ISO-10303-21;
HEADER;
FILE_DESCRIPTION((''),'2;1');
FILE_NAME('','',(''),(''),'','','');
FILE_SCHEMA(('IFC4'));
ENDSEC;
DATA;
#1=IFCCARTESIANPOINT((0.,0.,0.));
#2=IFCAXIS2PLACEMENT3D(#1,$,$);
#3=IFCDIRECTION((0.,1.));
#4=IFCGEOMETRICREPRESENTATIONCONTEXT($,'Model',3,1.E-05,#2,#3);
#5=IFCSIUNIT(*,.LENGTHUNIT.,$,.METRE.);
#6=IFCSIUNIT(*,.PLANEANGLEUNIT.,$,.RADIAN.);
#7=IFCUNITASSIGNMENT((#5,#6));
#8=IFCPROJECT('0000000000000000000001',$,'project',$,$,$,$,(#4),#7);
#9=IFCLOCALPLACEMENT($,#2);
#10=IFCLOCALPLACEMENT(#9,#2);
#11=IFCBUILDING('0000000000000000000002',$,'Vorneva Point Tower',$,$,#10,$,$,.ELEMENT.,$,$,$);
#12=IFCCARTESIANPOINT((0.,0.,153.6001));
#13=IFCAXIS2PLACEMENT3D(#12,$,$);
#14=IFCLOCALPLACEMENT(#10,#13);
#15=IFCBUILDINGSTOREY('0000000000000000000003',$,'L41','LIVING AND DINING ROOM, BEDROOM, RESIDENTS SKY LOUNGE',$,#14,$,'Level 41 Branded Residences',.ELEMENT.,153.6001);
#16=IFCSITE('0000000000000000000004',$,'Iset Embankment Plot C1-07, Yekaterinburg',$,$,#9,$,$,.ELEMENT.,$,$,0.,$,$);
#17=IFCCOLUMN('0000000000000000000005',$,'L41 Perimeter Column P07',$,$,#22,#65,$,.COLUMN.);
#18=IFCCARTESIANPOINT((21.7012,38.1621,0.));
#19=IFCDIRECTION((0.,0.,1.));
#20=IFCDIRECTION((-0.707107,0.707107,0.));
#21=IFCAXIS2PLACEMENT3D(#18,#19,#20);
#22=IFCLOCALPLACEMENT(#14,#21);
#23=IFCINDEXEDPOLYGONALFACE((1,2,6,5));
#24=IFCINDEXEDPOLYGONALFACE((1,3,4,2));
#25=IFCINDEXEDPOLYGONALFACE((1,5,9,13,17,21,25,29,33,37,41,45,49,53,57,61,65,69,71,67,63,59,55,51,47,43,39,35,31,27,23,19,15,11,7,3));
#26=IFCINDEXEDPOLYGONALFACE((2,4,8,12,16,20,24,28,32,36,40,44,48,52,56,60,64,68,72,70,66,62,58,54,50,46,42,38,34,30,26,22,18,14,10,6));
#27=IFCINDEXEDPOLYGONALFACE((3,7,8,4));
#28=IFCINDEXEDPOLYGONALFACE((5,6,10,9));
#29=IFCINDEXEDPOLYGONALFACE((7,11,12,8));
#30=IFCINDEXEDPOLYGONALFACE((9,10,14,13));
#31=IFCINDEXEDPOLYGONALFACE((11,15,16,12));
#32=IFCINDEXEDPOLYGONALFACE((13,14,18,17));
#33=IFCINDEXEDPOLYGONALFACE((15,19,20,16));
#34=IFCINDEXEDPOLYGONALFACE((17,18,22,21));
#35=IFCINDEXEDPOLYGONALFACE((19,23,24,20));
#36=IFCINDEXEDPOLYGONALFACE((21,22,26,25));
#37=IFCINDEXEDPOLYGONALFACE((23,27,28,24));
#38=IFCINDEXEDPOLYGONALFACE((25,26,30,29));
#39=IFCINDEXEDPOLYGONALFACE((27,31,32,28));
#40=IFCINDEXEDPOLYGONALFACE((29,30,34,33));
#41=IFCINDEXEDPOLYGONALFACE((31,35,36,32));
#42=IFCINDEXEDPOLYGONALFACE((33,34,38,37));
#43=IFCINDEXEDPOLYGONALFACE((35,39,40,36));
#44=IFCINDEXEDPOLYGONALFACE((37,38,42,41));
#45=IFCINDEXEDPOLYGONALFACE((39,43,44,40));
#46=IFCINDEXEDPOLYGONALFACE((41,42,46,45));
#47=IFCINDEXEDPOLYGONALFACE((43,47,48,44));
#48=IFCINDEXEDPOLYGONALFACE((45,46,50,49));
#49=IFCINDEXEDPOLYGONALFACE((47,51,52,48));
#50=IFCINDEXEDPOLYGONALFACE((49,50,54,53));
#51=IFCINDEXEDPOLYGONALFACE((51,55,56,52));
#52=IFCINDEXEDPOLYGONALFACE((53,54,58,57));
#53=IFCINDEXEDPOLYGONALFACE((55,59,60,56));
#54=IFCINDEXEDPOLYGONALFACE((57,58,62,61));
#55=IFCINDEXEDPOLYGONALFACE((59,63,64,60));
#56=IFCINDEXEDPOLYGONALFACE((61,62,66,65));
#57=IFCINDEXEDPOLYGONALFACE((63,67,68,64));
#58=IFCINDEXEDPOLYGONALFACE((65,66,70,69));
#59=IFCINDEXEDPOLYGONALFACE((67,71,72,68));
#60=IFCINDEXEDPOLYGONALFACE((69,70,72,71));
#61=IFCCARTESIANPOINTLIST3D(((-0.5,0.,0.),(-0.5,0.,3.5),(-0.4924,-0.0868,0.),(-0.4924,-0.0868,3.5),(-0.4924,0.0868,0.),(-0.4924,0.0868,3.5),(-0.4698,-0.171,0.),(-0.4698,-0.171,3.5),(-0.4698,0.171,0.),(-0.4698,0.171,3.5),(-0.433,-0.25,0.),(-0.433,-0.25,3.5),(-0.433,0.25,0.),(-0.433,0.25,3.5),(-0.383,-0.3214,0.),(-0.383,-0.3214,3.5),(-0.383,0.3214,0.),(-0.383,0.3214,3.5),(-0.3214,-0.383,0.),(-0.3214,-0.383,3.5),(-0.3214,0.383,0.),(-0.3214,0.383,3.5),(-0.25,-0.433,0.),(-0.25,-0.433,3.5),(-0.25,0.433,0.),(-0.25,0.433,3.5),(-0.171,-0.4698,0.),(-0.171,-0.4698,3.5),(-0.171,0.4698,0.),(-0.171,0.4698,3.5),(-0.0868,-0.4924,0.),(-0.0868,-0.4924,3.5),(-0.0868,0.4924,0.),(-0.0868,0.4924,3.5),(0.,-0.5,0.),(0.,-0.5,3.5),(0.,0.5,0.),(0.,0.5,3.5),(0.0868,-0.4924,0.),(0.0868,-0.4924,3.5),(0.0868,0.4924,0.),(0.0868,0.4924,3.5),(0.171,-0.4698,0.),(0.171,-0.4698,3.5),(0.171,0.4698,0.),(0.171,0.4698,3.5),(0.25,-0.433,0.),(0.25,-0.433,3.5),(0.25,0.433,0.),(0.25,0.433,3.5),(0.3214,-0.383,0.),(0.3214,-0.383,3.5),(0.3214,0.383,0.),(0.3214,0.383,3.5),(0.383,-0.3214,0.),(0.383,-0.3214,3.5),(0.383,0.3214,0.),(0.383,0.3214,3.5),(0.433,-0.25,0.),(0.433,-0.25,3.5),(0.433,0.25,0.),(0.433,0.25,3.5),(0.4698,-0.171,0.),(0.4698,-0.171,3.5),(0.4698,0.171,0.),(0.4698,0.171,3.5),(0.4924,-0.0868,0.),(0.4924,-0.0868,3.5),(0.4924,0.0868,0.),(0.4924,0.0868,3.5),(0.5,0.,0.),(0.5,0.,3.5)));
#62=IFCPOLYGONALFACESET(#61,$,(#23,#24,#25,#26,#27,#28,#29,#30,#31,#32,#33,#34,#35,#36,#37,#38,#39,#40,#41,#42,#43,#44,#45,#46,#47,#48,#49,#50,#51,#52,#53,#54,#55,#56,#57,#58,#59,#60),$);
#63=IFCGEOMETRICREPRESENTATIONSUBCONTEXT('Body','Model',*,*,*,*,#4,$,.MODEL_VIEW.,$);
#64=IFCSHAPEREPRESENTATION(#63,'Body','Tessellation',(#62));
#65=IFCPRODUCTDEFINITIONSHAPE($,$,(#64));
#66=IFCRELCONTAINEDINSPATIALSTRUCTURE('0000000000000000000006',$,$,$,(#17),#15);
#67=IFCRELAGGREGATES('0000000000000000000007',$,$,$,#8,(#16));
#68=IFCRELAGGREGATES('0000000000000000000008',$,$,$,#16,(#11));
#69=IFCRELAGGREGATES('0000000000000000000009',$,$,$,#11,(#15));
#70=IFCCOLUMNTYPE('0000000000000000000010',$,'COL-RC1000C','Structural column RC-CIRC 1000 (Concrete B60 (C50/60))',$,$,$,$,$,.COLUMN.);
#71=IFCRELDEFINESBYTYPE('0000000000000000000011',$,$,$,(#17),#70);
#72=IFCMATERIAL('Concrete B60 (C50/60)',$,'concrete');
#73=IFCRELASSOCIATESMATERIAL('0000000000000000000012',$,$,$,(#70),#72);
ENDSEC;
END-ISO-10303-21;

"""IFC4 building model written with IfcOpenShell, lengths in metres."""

from ifc_helpers import new_model, si_unit, direction, frame, origin, origin_2d, place, context, subcontext, project, spatial, circle, extrude, material, material_profile, profile_set, type_object, element, save


model = new_model("IFC4")

# Units and contexts
model_context = context("Model", 3, precision=1e-05, world=origin(), true_north=direction((0.0, 1.0)))
body_context = subcontext(model_context, "Body", "Model", "MODEL_VIEW")
ifc_project = project(units=[si_unit("LENGTHUNIT", "METRE"), si_unit("PLANEANGLEUNIT", "RADIAN")], contexts=[model_context])

# Site, building, storey
site_placement = place(None, origin())
site = spatial("IfcSite", under=ifc_project, at=site_placement, Name="Iset Embankment Plot C1-07, Yekaterinburg", CompositionType="ELEMENT", RefElevation=0.0)
building_placement = place(site_placement, origin())
building = spatial("IfcBuilding", under=site, at=building_placement, Name="Vorneva Point Tower", CompositionType="ELEMENT")
storey_placement = place(building_placement, frame((0.0, 0.0, 153.6001)))
storey = spatial("IfcBuildingStorey", under=building, at=storey_placement, Name="L41", Description="LIVING AND DINING ROOM, BEDROOM, RESIDENTS SKY LOUNGE", LongName="Level 41 Branded Residences", CompositionType="ELEMENT", Elevation=153.6001)

# Column
ifc_material_1 = material(Name="Concrete B60 (C50/60)", Category="concrete")
ifc_material_profile_1 = material_profile(ifc_material_1, circle(Radius=0.5, at=origin_2d()), Name="RC-CIRC 1000")
ifc_profile_set_1 = profile_set([ifc_material_profile_1], Name="Concrete B60 (C50/60)")
column_type = type_object("IfcColumnType", Name="COL-RC1000C", Description="Structural column RC-CIRC 1000 (Concrete B60 (C50/60))", PredefinedType="COLUMN", material=ifc_profile_set_1)
column_placement = place(storey_placement, frame((21.7012, 38.1621, 0.0), z_axis=(0.0, 0.0, 1.0), x_axis=(-0.707107, 0.707107, 0.0)))
element("IfcColumn", 1, at=column_placement, inside=storey, type_object=column_type, Name="L41 Perimeter Column P07", PredefinedType="COLUMN", context=body_context, shape_type="SweptSolid", body=[
    extrude(circle(Radius=0.5, at=origin_2d()), origin(), (0.0, 0.0, 1.0), 3.5),
])

save(model, "model.ifc")
